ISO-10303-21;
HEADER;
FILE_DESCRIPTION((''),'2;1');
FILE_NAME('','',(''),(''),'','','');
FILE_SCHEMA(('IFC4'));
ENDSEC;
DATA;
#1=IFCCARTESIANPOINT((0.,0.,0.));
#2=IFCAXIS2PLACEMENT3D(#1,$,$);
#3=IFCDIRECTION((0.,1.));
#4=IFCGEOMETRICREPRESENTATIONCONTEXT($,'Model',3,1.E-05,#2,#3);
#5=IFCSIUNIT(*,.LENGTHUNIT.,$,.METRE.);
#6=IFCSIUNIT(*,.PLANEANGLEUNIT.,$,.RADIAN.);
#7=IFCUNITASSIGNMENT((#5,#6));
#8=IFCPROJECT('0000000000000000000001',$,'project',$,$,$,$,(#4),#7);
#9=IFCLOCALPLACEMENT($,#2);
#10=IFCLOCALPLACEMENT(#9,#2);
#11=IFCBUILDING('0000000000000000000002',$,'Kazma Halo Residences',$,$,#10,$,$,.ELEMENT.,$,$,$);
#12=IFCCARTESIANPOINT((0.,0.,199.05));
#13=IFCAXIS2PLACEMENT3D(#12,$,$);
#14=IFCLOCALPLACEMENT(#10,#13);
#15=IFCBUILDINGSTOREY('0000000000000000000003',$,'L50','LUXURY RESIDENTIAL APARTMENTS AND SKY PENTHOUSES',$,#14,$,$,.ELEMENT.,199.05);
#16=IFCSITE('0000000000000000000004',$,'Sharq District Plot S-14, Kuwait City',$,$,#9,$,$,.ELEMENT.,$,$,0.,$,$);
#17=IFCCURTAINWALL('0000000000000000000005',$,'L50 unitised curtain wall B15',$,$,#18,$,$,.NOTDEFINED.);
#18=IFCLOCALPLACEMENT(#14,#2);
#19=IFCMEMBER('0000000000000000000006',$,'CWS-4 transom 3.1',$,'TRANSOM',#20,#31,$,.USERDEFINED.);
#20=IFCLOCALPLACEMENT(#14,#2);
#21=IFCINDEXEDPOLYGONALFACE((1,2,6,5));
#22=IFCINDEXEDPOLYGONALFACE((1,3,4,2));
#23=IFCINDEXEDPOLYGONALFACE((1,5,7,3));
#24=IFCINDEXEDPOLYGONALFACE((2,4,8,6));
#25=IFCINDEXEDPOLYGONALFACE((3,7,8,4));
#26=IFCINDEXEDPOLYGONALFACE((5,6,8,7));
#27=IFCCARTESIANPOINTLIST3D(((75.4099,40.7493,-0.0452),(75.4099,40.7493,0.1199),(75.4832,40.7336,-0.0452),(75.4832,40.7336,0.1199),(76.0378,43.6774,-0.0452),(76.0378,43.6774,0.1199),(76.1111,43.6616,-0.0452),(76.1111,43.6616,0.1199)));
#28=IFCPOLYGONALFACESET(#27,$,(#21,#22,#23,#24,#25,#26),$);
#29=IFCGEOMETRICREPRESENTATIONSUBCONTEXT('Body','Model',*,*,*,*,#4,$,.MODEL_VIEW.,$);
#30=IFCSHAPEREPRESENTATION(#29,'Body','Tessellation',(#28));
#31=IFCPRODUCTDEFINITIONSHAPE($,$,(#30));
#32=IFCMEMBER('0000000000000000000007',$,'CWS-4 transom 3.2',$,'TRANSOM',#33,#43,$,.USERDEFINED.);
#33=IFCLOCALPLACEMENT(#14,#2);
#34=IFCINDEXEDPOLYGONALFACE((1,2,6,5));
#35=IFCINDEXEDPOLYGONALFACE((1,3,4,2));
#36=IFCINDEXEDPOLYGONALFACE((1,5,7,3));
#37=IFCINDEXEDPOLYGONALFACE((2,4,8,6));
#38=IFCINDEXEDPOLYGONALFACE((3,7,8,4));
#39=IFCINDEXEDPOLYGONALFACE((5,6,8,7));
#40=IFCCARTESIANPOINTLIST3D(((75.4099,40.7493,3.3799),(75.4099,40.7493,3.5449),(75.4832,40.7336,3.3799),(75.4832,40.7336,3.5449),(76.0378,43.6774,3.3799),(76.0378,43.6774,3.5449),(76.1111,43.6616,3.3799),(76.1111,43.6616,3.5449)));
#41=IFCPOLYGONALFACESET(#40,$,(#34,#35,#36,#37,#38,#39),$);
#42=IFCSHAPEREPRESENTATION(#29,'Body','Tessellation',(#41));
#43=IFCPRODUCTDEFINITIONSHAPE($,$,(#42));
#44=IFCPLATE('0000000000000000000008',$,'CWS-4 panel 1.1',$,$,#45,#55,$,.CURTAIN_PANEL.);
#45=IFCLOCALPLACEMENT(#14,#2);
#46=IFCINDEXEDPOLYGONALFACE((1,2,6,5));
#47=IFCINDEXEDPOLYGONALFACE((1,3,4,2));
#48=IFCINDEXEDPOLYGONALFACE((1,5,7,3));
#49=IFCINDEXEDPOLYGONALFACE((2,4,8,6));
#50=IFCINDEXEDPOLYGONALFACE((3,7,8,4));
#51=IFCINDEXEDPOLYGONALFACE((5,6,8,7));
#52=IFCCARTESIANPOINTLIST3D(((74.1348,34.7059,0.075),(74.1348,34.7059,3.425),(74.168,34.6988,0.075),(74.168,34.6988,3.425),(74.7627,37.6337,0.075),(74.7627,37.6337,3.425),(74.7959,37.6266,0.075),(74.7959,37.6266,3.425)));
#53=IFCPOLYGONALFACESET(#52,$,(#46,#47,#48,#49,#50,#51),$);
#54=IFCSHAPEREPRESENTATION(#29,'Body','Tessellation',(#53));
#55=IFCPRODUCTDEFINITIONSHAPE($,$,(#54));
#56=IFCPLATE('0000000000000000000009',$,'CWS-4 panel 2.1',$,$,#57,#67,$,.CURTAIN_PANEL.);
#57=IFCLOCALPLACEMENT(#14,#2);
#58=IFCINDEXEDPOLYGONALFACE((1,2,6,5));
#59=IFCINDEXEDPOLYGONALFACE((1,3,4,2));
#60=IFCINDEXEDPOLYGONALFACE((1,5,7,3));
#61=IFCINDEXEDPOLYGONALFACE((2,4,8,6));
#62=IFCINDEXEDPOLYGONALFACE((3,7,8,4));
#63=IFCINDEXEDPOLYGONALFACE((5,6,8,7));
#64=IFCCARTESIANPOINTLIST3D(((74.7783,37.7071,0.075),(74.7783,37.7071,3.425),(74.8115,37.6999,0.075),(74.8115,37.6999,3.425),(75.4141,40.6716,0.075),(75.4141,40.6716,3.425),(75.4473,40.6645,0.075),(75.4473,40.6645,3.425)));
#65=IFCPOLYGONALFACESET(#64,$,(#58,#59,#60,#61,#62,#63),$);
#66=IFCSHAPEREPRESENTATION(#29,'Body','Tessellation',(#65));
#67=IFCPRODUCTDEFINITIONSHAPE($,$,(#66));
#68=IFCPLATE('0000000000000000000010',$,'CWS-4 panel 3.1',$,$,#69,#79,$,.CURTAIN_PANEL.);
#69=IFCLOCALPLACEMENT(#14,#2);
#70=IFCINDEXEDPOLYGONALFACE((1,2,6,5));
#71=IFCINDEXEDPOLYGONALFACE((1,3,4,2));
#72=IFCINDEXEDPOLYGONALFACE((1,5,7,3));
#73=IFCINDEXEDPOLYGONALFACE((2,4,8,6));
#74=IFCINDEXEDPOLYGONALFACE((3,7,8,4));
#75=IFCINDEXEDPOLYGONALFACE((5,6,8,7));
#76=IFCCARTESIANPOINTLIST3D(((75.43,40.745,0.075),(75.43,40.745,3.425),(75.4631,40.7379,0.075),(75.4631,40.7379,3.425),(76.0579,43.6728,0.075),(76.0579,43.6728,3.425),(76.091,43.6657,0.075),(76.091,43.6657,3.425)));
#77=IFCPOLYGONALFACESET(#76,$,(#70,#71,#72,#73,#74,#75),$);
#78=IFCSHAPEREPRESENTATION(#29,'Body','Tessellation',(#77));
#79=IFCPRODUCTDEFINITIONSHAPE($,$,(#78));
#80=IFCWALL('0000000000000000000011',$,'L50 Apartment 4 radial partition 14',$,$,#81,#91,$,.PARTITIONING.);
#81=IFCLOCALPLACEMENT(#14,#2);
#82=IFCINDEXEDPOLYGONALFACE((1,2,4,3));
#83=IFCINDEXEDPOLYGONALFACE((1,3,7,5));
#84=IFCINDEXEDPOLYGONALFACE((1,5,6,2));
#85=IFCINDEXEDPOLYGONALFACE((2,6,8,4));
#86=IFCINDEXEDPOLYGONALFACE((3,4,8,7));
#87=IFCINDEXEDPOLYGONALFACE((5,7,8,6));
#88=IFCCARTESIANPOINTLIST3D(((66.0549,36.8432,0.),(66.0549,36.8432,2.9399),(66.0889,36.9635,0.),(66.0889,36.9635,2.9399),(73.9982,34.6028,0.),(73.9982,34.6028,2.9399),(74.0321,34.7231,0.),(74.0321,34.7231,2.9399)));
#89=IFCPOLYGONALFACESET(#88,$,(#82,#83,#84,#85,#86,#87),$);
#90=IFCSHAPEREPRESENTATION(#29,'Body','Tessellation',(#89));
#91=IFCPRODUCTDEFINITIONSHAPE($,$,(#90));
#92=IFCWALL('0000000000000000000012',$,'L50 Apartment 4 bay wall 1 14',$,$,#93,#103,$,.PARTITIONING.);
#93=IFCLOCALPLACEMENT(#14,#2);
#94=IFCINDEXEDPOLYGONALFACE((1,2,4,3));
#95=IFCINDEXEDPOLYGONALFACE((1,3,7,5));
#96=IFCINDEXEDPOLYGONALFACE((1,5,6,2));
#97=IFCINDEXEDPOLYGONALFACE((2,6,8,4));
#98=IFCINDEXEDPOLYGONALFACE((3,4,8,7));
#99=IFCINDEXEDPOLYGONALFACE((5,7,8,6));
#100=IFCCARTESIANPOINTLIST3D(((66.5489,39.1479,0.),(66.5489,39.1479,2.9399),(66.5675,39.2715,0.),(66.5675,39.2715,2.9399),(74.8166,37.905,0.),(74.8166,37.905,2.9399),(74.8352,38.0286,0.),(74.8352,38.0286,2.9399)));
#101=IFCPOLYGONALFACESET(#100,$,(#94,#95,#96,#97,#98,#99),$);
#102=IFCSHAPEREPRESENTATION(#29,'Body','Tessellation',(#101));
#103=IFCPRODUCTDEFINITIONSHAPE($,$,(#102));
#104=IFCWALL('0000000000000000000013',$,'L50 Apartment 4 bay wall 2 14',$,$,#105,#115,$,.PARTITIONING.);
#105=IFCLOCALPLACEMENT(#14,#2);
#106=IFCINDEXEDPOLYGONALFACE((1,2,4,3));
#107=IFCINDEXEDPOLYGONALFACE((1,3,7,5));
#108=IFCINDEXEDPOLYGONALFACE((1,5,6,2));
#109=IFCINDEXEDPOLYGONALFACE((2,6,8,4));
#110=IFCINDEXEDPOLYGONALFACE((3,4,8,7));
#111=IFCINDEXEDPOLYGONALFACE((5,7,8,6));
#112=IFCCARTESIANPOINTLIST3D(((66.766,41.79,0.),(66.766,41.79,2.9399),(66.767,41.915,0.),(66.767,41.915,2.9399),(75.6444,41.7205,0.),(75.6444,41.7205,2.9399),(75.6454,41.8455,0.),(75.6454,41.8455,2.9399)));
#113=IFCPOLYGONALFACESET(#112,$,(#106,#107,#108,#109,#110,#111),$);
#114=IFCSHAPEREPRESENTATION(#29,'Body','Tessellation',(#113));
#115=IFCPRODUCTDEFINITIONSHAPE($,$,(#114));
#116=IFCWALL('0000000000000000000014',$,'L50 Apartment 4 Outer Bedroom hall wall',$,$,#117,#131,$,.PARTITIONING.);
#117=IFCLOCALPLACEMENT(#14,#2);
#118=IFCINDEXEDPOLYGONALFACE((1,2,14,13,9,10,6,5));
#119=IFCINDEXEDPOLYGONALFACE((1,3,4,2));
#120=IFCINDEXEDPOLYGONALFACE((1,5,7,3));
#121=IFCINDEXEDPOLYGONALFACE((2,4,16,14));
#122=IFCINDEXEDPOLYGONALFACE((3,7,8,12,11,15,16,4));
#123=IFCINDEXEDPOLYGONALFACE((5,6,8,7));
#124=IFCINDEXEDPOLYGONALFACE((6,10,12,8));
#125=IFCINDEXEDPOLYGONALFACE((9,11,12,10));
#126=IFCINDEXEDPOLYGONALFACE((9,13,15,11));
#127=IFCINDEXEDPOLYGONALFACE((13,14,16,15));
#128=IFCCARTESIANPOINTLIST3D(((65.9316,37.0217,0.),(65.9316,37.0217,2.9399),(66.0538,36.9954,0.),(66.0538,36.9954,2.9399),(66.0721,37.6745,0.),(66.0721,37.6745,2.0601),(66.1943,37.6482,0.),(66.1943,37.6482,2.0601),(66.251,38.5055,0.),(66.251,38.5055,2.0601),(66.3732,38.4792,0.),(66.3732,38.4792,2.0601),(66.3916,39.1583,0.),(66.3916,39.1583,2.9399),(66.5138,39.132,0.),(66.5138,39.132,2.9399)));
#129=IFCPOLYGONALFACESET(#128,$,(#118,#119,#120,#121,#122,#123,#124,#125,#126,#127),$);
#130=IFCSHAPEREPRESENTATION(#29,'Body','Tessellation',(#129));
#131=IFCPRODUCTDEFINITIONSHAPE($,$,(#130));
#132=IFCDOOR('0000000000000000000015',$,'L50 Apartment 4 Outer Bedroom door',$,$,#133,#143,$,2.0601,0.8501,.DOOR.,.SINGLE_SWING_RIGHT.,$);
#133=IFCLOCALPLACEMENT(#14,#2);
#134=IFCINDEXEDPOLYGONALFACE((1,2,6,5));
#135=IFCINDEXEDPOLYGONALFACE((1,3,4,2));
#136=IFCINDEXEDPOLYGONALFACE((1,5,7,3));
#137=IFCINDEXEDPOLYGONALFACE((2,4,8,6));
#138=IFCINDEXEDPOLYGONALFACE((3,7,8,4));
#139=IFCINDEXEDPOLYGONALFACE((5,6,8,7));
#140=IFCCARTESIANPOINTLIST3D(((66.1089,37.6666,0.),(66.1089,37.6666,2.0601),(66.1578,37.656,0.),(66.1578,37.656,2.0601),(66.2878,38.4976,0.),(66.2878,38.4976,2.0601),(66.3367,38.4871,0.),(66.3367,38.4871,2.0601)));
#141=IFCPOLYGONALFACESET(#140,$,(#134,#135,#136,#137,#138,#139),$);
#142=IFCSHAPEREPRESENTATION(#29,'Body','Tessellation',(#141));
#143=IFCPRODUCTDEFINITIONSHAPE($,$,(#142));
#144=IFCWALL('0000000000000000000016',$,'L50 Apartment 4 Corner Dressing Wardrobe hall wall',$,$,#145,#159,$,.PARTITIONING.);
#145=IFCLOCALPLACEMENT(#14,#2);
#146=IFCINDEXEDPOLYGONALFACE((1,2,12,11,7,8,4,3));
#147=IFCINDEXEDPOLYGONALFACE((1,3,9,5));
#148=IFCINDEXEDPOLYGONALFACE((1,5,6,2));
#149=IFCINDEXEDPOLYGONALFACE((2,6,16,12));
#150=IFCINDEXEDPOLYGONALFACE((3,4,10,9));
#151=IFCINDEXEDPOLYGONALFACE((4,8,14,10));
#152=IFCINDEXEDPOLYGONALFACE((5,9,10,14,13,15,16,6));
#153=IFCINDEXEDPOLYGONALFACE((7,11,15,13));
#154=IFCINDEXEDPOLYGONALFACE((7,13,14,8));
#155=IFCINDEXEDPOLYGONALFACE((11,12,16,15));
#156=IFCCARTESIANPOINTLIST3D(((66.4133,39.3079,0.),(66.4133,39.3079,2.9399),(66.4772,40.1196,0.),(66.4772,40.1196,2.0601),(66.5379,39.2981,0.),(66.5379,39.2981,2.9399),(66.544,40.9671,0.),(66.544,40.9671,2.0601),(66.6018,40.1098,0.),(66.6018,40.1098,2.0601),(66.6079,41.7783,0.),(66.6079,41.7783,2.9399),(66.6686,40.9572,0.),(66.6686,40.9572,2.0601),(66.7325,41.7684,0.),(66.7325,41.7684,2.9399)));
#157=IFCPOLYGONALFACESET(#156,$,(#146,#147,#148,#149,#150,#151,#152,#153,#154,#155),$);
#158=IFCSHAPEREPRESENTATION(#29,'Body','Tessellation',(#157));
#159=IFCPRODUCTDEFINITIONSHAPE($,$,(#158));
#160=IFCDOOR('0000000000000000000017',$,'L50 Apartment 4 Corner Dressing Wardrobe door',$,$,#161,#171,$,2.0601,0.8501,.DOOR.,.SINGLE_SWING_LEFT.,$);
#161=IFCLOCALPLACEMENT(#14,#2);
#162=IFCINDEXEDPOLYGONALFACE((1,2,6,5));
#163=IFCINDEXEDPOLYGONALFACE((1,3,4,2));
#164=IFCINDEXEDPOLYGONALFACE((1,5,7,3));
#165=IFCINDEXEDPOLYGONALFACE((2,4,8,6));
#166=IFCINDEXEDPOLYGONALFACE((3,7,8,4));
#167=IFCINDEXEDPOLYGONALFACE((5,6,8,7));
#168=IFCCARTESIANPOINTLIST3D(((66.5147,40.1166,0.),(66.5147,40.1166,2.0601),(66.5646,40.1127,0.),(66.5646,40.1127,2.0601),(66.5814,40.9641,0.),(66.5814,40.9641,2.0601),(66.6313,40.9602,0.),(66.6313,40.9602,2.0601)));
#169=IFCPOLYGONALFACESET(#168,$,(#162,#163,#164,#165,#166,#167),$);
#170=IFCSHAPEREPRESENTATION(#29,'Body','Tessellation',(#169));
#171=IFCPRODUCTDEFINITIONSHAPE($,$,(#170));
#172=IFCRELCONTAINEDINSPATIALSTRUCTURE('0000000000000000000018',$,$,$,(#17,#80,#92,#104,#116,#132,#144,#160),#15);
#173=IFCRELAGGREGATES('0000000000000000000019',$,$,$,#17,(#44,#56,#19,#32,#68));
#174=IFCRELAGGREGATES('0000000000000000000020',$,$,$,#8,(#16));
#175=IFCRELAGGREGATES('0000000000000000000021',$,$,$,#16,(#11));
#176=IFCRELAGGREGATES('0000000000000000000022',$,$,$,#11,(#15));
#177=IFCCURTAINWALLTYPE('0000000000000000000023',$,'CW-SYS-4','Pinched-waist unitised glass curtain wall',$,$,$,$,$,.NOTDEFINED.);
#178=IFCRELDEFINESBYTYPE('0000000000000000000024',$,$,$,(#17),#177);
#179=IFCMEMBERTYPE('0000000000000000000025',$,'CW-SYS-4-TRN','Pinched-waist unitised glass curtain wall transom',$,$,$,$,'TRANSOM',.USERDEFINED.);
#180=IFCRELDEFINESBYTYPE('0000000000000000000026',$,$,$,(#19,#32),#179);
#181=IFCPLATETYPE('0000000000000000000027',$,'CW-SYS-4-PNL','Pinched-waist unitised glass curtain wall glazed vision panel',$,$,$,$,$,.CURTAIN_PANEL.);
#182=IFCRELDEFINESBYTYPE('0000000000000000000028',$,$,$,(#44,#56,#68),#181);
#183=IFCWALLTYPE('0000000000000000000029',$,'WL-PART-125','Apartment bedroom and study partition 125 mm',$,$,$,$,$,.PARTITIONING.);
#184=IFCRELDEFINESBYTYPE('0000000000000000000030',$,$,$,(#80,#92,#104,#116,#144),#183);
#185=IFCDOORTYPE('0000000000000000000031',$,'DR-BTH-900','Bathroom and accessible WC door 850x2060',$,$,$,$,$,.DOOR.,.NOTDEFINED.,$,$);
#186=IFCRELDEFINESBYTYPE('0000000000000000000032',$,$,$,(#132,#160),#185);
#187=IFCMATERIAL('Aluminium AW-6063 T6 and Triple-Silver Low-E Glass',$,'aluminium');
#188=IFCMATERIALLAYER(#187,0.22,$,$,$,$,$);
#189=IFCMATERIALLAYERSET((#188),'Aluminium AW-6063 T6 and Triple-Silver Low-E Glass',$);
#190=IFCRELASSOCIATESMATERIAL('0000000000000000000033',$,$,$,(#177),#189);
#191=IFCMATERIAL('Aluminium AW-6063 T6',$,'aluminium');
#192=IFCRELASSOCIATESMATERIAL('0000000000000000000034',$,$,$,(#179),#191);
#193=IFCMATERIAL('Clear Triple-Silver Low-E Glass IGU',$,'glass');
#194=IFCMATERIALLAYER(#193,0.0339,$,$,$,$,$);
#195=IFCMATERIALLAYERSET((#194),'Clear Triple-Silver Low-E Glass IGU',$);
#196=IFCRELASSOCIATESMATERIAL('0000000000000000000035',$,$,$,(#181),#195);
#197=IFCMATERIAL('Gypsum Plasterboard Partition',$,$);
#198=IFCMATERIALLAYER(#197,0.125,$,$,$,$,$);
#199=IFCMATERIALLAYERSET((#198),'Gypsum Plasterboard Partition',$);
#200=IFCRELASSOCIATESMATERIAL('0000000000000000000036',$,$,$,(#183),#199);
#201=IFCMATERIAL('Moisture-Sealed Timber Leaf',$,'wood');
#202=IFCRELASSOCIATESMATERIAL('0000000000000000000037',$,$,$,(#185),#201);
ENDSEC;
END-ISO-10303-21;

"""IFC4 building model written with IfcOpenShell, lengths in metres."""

from ifc_helpers import new_model, si_unit, direction, frame, frame_2d, origin, origin_2d, place, context, subcontext, project, spatial, rectangle, extrude, material, layer, layer_set, material_profile, profile_set, type_object, element, fill, aggregate, save


model = new_model("IFC4")

# Units and contexts
model_context = context("Model", 3, precision=1e-05, world=origin(), true_north=direction((0.0, 1.0)))
body_context = subcontext(model_context, "Body", "Model", "MODEL_VIEW")
ifc_project = project(units=[si_unit("LENGTHUNIT", "METRE"), si_unit("PLANEANGLEUNIT", "RADIAN")], contexts=[model_context])

# Site, building, storey
site_placement = place(None, origin())
site = spatial("IfcSite", under=ifc_project, at=site_placement, Name="Sharq District Plot S-14, Kuwait City", CompositionType="ELEMENT", RefElevation=0.0)
building_placement = place(site_placement, origin())
building = spatial("IfcBuilding", under=site, at=building_placement, Name="Kazma Halo Residences", CompositionType="ELEMENT")
storey_placement = place(building_placement, frame((0.0, 0.0, 199.05)))
storey = spatial("IfcBuildingStorey", under=building, at=storey_placement, Name="L50", Description="LUXURY RESIDENTIAL APARTMENTS AND SKY PENTHOUSES", CompositionType="ELEMENT", Elevation=199.05)

# Curtain wall, members, plates
ifc_material_1 = material(Name="Aluminium AW-6063 T6 and Triple-Silver Low-E Glass", Category="aluminium")
ifc_layer_1 = layer(ifc_material_1, 0.22)
ifc_layer_set_1 = layer_set([ifc_layer_1], Name="Aluminium AW-6063 T6 and Triple-Silver Low-E Glass")
curtain_wall_type = type_object("IfcCurtainWallType", Name="CW-SYS-4", Description="Pinched-waist unitised glass curtain wall", PredefinedType="NOTDEFINED", material=ifc_layer_set_1)
curtain_wall_placement = place(storey_placement, origin())
curtain_wall = element("IfcCurtainWall", 1, at=curtain_wall_placement, inside=storey, type_object=curtain_wall_type, Name="L50 unitised curtain wall B15", PredefinedType="NOTDEFINED")
ifc_material_2 = material(Name="Aluminium AW-6063 T6", Category="aluminium")
ifc_material_profile_1 = material_profile(ifc_material_2, rectangle(XDim=0.075, YDim=0.165, at=origin_2d()), Name="CWT-75x165")
ifc_profile_set_1 = profile_set([ifc_material_profile_1], Name="Aluminium AW-6063 T6")
member_type_1 = type_object("IfcMemberType", Name="CW-SYS-4-TRN", Description="Pinched-waist unitised glass curtain wall transom", ElementType="TRANSOM", PredefinedType="USERDEFINED", material=ifc_profile_set_1)
member_1_placement = place(storey_placement, frame((75.4465, 40.7415, 0.0374), z_axis=(0.209691, 0.977768, 0.0), x_axis=(-0.977768, 0.209691, 0.0)))
member_1 = element("IfcMember", 2, at=member_1_placement, type_object=member_type_1, Name="CWS-4 transom 3.1", ObjectType="TRANSOM", PredefinedType="USERDEFINED", context=body_context, shape_type="SweptSolid", body=[
    extrude(rectangle(XDim=0.075, YDim=0.165, at=origin_2d()), origin(), (0.0, 0.0, 1.0), 2.9946),
])
member_2_placement = place(storey_placement, frame((75.4465, 40.7415, 3.4624), z_axis=(0.209691, 0.977768, 0.0), x_axis=(-0.977768, 0.209691, 0.0)))
member_2 = element("IfcMember", 3, at=member_2_placement, type_object=member_type_1, Name="CWS-4 transom 3.2", ObjectType="TRANSOM", PredefinedType="USERDEFINED", context=body_context, shape_type="SweptSolid", body=[
    extrude(rectangle(XDim=0.075, YDim=0.165, at=origin_2d()), origin(), (0.0, 0.0, 1.0), 2.9946),
])
ifc_material_3 = material(Name="Clear Triple-Silver Low-E Glass IGU", Category="glass")
ifc_layer_2 = layer(ifc_material_3, 0.0339)
ifc_layer_set_2 = layer_set([ifc_layer_2], Name="Clear Triple-Silver Low-E Glass IGU")
plate_type = type_object("IfcPlateType", Name="CW-SYS-4-PNL", Description="Pinched-waist unitised glass curtain wall glazed vision panel", PredefinedType="CURTAIN_PANEL", material=ifc_layer_set_2)
plate_1_placement = place(storey_placement, frame((74.4653, 36.1663, 0.075), z_axis=(0.0, 0.0, 1.0), x_axis=(0.20969, 0.977768, 0.0)))
plate_1 = element("IfcPlate", 4, at=plate_1_placement, type_object=plate_type, Name="CWS-4 panel 1.1", PredefinedType="CURTAIN_PANEL", context=body_context, shape_type="SweptSolid", body=[
    extrude(rectangle(XDim=2.9944, YDim=0.0339, at=origin_2d()), origin(), (0.0, 0.0, 1.0), 3.3501),
])
plate_2_placement = place(storey_placement, frame((75.1128, 39.1858, 0.075), z_axis=(0.0, 0.0, 1.0), x_axis=(0.20969, 0.977768, 0.0)))
plate_2 = element("IfcPlate", 5, at=plate_2_placement, type_object=plate_type, Name="CWS-4 panel 2.1", PredefinedType="CURTAIN_PANEL", context=body_context, shape_type="SweptSolid", body=[
    extrude(rectangle(XDim=3.032, YDim=0.0339, at=origin_2d()), origin(), (0.0, 0.0, 1.0), 3.3501),
])
plate_3_placement = place(storey_placement, frame((75.7605, 42.2053, 0.075), z_axis=(0.0, 0.0, 1.0), x_axis=(0.20969, 0.977768, 0.0)))
plate_3 = element("IfcPlate", 6, at=plate_3_placement, type_object=plate_type, Name="CWS-4 panel 3.1", PredefinedType="CURTAIN_PANEL", context=body_context, shape_type="SweptSolid", body=[
    extrude(rectangle(XDim=2.9944, YDim=0.0339, at=origin_2d()), origin(), (0.0, 0.0, 1.0), 3.3501),
])
aggregate(curtain_wall, [plate_1, plate_2, member_1, member_2, plate_3])

# Walls
ifc_material_4 = material(Name="Gypsum Plasterboard Partition")
ifc_layer_3 = layer(ifc_material_4, 0.125)
ifc_layer_set_3 = layer_set([ifc_layer_3], Name="Gypsum Plasterboard Partition")
wall_type = type_object("IfcWallType", Name="WL-PART-125", Description="Apartment bedroom and study partition 125 mm", PredefinedType="PARTITIONING", material=ifc_layer_set_3)
wall_1_placement = place(storey_placement, frame((66.072, 36.9033, 0.0), z_axis=(0.0, 0.0, 1.0), x_axis=(0.962448, -0.271465, 0.0)))
element("IfcWall", 7, at=wall_1_placement, inside=storey, type_object=wall_type, Name="L50 Apartment 4 radial partition 14", PredefinedType="PARTITIONING", context=body_context, shape_type="SweptSolid", body=[
    extrude(rectangle(XDim=8.2532, YDim=0.125, at=frame_2d((4.1265, 0.0))), origin(), (0.0, 0.0, 1.0), 2.9399),
])
wall_2_placement = place(storey_placement, frame((66.5583, 39.2097, 0.0), z_axis=(0.0, 0.0, 1.0), x_axis=(0.988887, -0.148666, 0.0)))
element("IfcWall", 8, at=wall_2_placement, inside=storey, type_object=wall_type, Name="L50 Apartment 4 bay wall 1 14", PredefinedType="PARTITIONING", context=body_context, shape_type="SweptSolid", body=[
    extrude(rectangle(XDim=8.3606, YDim=0.125, at=frame_2d((4.1802, 0.0))), origin(), (0.0, 0.0, 1.0), 2.9399),
])
wall_3_placement = place(storey_placement, frame((66.7664, 41.8525, 0.0), z_axis=(0.0, 0.0, 1.0), x_axis=(0.999969, -0.007837, 0.0)))
element("IfcWall", 9, at=wall_3_placement, inside=storey, type_object=wall_type, Name="L50 Apartment 4 bay wall 2 14", PredefinedType="PARTITIONING", context=body_context, shape_type="SweptSolid", body=[
    extrude(rectangle(XDim=8.8787, YDim=0.125, at=frame_2d((4.4395, 0.0))), origin(), (0.0, 0.0, 1.0), 2.9399),
])

# Walls, openings, doors
wall_4_placement = place(storey_placement, frame((65.9927, 37.0085, 0.0), z_axis=(0.0, 0.0, 1.0), x_axis=(0.210467, 0.977601, 0.0)))
wall_4 = element("IfcWall", 10, at=wall_4_placement, inside=storey, type_object=wall_type, Name="L50 Apartment 4 Outer Bedroom hall wall", PredefinedType="PARTITIONING", context=body_context, shape_type="SweptSolid", body=[
    extrude(rectangle(XDim=2.1855, YDim=0.125, at=frame_2d((1.0928, 0.0))), origin(), (0.0, 0.0, 1.0), 2.9399),
])
opening_1_placement = place(wall_4_placement, frame((0.6677, 0.0, 0.0)))
opening_1 = element("IfcOpeningElement", 11, at=opening_1_placement, cuts=wall_4, PredefinedType="OPENING", context=body_context, shape_type="SweptSolid", body=[
    extrude(rectangle(XDim=0.8501, YDim=2.0601, at=frame_2d((0.425, 1.03))), frame((0.0, 0.0725, 0.0), z_axis=(0.0, -1.0, 0.0), x_axis=(1.0, 0.0, 0.0)), (0.0, 0.0, 1.0), 0.145),
])
ifc_material_5 = material(Name="Moisture-Sealed Timber Leaf", Category="wood")
door_type = type_object("IfcDoorType", Name="DR-BTH-900", Description="Bathroom and accessible WC door 850x2060", OperationType="NOTDEFINED", PredefinedType="DOOR", material=ifc_material_5)
door_1_placement = place(opening_1_placement, origin())
door_1 = element("IfcDoor", 12, at=door_1_placement, inside=storey, type_object=door_type, Name="L50 Apartment 4 Outer Bedroom door", OperationType="SINGLE_SWING_RIGHT", OverallHeight=2.0601, OverallWidth=0.8501, PredefinedType="DOOR", context=body_context, shape_type="SweptSolid", body=[
    extrude(rectangle(XDim=0.8501, YDim=2.0601, at=frame_2d((0.425, 1.03))), frame((0.0, 0.0249, 0.0), z_axis=(0.0, -1.0, 0.0), x_axis=(1.0, 0.0, 0.0)), (0.0, 0.0, 1.0), 0.05),
])
fill(opening_1, door_1)
wall_5_placement = place(storey_placement, frame((66.4756, 39.303, 0.0), z_axis=(0.0, 0.0, 1.0), x_axis=(0.07852, 0.996913, 0.0)))
wall_5 = element("IfcWall", 13, at=wall_5_placement, inside=storey, type_object=wall_type, Name="L50 Apartment 4 Corner Dressing Wardrobe hall wall", PredefinedType="PARTITIONING", context=body_context, shape_type="SweptSolid", body=[
    extrude(rectangle(XDim=2.478, YDim=0.125, at=frame_2d((1.239, 0.0))), origin(), (0.0, 0.0, 1.0), 2.9399),
])
opening_2_placement = place(wall_5_placement, frame((0.8142, 0.0, 0.0)))
opening_2 = element("IfcOpeningElement", 14, at=opening_2_placement, cuts=wall_5, PredefinedType="OPENING", context=body_context, shape_type="SweptSolid", body=[
    extrude(rectangle(XDim=0.8501, YDim=2.0601, at=frame_2d((0.425, 1.03))), frame((0.0, 0.0725, 0.0), z_axis=(0.0, -1.0, 0.0), x_axis=(1.0, 0.0, 0.0)), (0.0, 0.0, 1.0), 0.145),
])
door_2_placement = place(opening_2_placement, origin())
door_2 = element("IfcDoor", 15, at=door_2_placement, inside=storey, type_object=door_type, Name="L50 Apartment 4 Corner Dressing Wardrobe door", OperationType="SINGLE_SWING_LEFT", OverallHeight=2.0601, OverallWidth=0.8501, PredefinedType="DOOR", context=body_context, shape_type="SweptSolid", body=[
    extrude(rectangle(XDim=0.8501, YDim=2.0601, at=frame_2d((0.425, 1.03))), frame((0.0, 0.0249, 0.0), z_axis=(0.0, -1.0, 0.0), x_axis=(1.0, 0.0, 0.0)), (0.0, 0.0, 1.0), 0.05),
])
fill(opening_2, door_2)

save(model, "model.ifc")
